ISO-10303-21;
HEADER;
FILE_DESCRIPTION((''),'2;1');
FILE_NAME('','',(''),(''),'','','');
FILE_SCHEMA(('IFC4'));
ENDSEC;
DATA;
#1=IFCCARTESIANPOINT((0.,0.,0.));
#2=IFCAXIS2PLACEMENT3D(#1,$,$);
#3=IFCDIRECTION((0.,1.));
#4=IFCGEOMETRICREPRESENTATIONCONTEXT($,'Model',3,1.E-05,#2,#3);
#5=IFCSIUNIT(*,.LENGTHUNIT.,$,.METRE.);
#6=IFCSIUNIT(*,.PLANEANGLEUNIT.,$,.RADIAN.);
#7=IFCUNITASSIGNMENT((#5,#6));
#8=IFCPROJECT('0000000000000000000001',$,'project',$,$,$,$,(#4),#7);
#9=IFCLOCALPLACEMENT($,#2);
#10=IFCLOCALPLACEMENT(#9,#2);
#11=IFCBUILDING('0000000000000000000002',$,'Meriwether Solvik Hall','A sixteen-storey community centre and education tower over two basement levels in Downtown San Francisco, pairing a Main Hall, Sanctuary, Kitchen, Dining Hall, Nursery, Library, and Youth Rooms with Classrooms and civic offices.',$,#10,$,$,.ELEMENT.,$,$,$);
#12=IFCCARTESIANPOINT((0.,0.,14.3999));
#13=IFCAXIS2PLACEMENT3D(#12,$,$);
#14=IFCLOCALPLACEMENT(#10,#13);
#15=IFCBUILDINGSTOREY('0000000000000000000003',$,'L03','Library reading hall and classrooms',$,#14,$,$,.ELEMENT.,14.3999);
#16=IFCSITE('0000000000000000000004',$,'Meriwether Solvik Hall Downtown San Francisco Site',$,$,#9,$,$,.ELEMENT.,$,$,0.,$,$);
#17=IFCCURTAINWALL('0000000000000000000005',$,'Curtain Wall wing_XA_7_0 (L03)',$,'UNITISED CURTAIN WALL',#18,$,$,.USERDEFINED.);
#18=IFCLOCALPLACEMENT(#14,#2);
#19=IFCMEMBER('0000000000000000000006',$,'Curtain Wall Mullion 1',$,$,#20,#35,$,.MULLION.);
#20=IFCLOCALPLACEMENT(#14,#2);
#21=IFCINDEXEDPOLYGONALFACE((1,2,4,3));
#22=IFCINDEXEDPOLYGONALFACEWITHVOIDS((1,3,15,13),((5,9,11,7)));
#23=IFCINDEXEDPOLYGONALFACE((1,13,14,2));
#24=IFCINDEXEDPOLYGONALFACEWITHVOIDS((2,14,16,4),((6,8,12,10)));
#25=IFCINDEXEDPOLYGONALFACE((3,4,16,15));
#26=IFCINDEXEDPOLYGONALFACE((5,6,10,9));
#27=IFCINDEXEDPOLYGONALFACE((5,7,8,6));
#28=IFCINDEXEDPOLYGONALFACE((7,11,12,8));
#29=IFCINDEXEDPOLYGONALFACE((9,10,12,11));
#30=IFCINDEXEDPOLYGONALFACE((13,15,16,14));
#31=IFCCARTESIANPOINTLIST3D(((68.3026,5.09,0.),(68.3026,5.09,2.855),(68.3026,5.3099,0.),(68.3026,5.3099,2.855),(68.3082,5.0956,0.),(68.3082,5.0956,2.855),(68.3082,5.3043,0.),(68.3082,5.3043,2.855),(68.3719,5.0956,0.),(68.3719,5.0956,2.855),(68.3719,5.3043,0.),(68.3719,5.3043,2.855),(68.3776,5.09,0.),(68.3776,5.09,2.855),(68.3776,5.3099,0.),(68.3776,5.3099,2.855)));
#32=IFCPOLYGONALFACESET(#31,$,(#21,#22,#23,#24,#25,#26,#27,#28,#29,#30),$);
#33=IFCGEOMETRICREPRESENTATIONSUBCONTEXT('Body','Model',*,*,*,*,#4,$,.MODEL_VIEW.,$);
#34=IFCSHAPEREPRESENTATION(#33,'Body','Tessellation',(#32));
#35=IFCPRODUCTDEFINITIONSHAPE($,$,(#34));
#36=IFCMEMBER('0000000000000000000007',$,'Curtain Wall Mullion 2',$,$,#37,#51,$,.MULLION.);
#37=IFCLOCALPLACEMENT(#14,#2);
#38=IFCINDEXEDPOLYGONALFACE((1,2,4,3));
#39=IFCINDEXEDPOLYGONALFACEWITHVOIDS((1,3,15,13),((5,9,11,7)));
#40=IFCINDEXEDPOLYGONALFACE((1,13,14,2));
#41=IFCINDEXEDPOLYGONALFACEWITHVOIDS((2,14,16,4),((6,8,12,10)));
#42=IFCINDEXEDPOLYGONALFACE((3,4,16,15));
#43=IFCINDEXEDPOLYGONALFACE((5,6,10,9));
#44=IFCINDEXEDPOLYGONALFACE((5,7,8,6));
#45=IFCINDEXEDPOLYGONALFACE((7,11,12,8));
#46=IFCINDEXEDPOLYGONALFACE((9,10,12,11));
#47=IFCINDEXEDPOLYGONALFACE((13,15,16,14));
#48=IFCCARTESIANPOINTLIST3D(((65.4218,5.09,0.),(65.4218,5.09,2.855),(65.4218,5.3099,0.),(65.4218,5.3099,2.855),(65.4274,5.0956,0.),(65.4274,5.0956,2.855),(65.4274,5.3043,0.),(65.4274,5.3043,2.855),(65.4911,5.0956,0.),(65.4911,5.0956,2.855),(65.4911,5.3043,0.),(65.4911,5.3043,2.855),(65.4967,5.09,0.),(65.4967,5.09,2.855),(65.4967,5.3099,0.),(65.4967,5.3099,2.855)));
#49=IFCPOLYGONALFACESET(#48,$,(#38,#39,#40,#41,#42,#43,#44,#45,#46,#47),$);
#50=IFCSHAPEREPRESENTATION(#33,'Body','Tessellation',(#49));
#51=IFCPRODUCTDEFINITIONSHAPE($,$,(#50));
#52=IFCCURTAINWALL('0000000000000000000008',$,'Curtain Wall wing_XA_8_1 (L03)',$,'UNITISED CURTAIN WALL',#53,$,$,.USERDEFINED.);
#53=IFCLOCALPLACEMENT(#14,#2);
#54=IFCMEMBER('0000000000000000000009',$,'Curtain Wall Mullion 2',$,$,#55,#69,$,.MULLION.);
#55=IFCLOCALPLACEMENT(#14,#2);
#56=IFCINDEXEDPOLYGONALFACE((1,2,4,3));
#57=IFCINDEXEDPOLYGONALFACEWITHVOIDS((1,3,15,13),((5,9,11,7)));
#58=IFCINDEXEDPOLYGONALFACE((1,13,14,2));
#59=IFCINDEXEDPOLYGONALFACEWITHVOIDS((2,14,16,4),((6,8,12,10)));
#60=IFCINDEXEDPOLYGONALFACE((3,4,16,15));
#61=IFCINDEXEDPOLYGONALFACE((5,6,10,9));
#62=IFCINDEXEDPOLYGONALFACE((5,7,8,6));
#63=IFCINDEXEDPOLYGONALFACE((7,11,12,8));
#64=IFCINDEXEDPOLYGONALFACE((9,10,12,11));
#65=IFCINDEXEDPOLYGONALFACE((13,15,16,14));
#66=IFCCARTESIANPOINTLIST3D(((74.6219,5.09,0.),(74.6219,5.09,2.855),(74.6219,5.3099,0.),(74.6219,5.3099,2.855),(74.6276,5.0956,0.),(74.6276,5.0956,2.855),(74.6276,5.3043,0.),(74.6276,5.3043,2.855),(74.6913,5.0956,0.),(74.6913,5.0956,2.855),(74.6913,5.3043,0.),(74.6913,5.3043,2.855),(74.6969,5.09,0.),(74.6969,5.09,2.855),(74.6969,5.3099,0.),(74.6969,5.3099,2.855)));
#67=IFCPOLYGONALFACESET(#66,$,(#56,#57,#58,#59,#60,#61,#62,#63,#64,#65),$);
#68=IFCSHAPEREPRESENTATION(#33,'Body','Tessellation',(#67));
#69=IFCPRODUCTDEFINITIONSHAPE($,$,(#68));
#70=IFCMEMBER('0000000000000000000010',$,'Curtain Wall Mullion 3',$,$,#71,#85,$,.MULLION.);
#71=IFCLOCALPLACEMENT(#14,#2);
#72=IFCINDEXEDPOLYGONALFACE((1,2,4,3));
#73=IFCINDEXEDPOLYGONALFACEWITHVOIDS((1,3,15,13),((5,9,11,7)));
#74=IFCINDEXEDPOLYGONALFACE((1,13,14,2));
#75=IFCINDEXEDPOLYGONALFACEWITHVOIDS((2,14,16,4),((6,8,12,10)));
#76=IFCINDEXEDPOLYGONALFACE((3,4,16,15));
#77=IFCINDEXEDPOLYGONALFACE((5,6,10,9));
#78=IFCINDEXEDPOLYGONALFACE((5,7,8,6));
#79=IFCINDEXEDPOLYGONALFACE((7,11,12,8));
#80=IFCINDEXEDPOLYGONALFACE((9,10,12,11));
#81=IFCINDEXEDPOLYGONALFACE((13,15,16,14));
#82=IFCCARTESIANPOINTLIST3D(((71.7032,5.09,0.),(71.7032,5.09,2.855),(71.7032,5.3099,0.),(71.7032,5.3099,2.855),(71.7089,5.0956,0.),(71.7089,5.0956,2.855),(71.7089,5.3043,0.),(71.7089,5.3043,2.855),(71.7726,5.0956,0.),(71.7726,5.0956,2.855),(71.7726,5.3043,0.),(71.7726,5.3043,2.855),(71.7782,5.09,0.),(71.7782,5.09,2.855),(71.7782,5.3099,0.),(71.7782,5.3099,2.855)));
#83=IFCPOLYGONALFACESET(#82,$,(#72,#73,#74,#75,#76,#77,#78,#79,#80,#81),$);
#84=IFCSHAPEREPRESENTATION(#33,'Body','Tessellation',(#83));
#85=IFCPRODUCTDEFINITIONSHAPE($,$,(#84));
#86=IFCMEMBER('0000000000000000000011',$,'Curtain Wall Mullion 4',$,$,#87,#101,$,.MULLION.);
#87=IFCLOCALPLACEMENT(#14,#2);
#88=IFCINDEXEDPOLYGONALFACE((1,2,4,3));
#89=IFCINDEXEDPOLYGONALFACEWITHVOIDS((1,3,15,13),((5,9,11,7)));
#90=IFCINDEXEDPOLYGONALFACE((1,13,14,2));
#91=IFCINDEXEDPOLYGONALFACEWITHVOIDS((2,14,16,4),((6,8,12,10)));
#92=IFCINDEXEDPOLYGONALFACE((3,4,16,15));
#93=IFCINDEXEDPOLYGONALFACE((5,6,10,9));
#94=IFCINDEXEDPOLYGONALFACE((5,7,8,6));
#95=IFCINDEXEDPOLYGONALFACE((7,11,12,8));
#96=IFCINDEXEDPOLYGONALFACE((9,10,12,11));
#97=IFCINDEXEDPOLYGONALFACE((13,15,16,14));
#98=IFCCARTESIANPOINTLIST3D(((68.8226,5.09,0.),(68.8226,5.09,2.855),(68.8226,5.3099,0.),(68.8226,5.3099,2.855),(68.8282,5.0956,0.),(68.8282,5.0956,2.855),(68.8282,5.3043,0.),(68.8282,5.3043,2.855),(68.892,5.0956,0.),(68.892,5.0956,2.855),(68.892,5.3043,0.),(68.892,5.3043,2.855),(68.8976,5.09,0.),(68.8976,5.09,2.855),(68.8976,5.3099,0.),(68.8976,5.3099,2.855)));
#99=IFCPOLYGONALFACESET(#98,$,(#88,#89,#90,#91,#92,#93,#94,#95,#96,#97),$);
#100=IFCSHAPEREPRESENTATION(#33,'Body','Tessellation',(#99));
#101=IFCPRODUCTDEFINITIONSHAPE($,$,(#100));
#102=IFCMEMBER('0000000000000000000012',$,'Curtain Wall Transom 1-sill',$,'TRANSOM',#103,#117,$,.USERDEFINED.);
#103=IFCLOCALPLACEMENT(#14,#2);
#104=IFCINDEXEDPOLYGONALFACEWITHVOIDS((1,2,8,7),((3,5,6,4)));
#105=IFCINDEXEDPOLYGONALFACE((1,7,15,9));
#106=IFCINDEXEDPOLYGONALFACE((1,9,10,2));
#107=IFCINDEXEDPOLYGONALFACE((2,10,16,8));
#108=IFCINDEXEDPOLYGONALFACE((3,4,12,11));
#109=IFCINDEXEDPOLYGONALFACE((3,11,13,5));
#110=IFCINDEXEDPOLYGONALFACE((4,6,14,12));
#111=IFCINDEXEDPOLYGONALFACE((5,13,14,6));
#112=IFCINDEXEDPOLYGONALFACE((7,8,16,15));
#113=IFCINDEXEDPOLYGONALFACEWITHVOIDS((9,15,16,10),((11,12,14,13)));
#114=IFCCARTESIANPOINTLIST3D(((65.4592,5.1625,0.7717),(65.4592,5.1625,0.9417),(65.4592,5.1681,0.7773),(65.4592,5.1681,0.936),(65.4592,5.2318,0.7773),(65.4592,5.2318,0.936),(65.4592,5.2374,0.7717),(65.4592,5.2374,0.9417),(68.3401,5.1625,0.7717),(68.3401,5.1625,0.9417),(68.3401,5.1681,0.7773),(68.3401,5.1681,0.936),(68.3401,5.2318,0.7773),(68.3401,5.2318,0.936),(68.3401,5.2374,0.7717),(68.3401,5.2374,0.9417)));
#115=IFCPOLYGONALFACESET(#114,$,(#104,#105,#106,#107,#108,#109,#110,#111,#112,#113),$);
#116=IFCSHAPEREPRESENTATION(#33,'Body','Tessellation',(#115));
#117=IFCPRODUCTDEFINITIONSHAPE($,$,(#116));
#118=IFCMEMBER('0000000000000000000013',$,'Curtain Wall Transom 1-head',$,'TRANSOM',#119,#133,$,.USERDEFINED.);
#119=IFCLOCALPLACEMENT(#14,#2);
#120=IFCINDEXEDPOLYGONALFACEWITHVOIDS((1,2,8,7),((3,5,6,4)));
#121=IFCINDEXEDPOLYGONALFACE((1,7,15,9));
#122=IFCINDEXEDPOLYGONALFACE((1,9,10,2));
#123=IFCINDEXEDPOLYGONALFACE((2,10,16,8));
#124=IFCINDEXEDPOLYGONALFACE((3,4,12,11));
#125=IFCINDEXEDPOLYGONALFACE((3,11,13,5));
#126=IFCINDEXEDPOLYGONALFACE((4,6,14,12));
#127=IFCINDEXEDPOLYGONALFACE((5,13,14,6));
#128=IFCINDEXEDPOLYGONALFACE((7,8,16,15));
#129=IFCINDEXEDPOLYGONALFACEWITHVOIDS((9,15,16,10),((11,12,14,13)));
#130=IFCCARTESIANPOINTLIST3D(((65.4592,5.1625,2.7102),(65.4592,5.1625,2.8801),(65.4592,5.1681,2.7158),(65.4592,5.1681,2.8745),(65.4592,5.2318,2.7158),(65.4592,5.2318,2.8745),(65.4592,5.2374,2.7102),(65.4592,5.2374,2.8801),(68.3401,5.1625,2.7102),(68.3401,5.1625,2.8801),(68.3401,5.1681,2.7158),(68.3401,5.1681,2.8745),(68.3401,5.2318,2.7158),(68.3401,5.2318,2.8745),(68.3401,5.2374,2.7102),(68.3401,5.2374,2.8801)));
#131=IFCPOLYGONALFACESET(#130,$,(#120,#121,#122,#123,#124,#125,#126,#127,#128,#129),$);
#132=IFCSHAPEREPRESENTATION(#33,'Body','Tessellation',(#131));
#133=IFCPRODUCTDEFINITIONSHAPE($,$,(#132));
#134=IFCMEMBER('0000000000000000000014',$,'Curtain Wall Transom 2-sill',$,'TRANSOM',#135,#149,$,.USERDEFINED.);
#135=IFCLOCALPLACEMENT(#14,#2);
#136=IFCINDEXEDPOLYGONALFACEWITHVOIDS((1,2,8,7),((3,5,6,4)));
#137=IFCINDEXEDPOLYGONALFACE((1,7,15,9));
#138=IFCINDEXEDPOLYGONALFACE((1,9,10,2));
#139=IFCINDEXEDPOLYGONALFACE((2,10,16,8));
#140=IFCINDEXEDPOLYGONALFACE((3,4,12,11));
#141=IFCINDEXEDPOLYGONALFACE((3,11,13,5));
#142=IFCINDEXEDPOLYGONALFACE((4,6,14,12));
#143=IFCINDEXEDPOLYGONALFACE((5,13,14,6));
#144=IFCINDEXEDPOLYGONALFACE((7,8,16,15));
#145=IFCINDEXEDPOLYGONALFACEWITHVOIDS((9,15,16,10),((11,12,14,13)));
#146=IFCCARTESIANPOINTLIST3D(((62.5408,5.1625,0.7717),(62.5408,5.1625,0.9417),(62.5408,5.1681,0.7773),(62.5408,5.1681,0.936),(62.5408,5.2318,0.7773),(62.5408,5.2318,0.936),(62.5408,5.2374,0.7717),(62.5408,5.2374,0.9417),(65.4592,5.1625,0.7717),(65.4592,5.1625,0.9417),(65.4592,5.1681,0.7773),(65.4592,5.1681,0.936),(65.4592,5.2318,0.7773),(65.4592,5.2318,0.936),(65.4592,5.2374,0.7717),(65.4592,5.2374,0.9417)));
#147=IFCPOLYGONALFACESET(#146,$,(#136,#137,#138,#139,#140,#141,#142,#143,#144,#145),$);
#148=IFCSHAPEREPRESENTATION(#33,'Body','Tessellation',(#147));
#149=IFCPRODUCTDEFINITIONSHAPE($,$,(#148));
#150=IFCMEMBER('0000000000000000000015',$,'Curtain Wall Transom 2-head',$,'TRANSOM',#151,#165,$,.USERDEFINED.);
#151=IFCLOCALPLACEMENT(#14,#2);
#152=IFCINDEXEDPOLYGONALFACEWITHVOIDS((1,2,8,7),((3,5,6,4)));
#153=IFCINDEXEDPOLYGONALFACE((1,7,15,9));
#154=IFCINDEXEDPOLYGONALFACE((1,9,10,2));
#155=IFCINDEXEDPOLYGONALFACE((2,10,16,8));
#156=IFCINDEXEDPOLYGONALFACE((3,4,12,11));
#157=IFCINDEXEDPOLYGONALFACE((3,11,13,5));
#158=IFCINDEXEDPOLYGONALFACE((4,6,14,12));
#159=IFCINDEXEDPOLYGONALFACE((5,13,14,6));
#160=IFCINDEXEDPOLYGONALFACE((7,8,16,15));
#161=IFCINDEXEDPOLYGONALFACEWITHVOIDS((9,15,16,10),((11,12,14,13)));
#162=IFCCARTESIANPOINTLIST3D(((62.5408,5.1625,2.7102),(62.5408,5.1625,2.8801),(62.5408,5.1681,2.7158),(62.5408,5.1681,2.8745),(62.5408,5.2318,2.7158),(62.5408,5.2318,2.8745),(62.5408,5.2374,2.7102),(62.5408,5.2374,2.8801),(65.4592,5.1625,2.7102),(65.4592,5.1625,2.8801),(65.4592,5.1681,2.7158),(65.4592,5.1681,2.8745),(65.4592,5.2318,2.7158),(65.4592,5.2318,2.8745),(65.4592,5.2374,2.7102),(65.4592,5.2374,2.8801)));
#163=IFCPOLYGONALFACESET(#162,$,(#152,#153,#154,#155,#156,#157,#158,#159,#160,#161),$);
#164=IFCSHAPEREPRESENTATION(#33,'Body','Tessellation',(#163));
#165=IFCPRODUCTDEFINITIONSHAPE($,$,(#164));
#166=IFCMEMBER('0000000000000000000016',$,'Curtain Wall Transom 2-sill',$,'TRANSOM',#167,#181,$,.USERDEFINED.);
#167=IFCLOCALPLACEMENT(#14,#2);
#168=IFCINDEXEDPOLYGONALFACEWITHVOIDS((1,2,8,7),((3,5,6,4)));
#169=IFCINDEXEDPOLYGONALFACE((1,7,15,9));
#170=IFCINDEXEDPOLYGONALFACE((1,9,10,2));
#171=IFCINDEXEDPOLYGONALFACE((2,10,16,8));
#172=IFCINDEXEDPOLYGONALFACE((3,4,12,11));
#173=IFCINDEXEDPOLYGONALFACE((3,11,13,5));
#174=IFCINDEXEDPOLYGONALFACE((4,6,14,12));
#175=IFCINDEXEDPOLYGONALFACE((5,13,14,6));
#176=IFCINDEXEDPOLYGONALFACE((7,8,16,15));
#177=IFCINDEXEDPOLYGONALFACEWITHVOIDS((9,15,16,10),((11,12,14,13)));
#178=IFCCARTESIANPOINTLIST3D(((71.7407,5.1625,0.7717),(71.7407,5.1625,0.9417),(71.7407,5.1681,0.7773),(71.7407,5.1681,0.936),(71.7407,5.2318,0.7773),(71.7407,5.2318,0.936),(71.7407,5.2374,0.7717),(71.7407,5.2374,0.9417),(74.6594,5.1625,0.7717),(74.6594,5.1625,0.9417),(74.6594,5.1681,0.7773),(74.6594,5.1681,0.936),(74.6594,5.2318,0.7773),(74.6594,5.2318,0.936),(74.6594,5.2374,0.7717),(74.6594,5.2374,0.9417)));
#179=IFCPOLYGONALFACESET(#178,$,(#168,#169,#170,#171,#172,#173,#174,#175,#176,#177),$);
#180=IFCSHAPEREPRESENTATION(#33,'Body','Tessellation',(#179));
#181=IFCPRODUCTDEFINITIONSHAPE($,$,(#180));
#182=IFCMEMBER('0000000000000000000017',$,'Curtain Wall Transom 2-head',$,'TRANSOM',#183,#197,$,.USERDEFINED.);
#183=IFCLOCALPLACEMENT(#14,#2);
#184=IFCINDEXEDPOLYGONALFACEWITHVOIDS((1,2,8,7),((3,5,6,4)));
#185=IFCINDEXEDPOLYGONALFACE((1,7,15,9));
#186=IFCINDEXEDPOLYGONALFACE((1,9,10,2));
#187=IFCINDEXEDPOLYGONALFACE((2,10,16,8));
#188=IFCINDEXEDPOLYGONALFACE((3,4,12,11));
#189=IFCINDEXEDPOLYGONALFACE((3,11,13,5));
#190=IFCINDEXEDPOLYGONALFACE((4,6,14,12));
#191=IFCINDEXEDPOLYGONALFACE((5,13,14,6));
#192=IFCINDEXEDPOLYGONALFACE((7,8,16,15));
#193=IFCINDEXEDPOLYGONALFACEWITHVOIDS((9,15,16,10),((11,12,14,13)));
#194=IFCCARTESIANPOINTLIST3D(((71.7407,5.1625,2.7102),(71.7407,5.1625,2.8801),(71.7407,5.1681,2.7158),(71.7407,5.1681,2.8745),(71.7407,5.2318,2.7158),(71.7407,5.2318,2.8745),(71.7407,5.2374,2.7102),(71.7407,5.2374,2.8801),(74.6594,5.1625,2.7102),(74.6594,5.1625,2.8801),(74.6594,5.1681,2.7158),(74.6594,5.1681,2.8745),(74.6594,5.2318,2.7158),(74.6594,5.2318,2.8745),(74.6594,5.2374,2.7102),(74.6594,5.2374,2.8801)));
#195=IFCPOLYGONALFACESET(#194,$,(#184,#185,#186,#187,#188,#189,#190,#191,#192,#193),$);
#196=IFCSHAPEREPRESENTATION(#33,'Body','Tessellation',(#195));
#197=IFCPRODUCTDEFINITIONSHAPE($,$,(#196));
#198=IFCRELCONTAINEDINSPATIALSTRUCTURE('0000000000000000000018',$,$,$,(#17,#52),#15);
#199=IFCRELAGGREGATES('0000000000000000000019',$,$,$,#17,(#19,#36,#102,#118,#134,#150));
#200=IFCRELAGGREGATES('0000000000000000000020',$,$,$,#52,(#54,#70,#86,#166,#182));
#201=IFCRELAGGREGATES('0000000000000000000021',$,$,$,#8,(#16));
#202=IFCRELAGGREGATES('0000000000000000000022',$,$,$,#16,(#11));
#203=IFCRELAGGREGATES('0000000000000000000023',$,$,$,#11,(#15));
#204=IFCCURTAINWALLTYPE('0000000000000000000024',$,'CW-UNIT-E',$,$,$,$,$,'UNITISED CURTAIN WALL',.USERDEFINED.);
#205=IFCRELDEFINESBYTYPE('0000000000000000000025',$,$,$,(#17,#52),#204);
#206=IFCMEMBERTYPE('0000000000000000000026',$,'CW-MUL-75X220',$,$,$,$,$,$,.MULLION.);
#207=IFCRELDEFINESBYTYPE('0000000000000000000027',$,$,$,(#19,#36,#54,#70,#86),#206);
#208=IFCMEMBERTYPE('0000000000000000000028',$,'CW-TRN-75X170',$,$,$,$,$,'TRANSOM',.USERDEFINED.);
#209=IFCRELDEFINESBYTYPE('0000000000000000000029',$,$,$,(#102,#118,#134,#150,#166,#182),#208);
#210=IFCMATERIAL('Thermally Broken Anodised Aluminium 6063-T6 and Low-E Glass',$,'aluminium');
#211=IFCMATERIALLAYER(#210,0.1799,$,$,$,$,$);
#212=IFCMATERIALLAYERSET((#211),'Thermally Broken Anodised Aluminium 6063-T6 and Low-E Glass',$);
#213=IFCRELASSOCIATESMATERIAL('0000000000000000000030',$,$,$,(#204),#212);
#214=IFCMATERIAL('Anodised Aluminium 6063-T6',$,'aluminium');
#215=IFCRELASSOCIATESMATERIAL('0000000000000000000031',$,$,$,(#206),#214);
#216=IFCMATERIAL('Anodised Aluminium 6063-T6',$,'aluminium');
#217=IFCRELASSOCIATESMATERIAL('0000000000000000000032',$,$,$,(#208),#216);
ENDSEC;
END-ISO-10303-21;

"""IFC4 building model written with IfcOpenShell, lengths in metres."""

from ifc_helpers import new_model, si_unit, direction, frame, origin, origin_2d, place, context, subcontext, project, spatial, hollow_rectangle, extrude, material, layer, layer_set, material_profile, profile_set, type_object, element, aggregate, save


model = new_model("IFC4")

# Units and contexts
model_context = context("Model", 3, precision=1e-05, world=origin(), true_north=direction((0.0, 1.0)))
body_context = subcontext(model_context, "Body", "Model", "MODEL_VIEW")
ifc_project = project(units=[si_unit("LENGTHUNIT", "METRE"), si_unit("PLANEANGLEUNIT", "RADIAN")], contexts=[model_context])

# Site, building, storey
site_placement = place(None, origin())
site = spatial("IfcSite", under=ifc_project, at=site_placement, Name="Meriwether Solvik Hall Downtown San Francisco Site", CompositionType="ELEMENT", RefElevation=0.0)
building_placement = place(site_placement, origin())
building = spatial("IfcBuilding", under=site, at=building_placement, Name="Meriwether Solvik Hall", Description="A sixteen-storey community centre and education tower over two basement levels in Downtown San Francisco, pairing a Main Hall, Sanctuary, Kitchen, Dining Hall, Nursery, Library, and Youth Rooms with Classrooms and civic offices.", CompositionType="ELEMENT")
storey_placement = place(building_placement, frame((0.0, 0.0, 14.3999)))
storey = spatial("IfcBuildingStorey", under=building, at=storey_placement, Name="L03", Description="Library reading hall and classrooms", CompositionType="ELEMENT", Elevation=14.3999)

# Curtain walls, members
ifc_material_1 = material(Name="Thermally Broken Anodised Aluminium 6063-T6 and Low-E Glass", Category="aluminium")
ifc_layer_1 = layer(ifc_material_1, 0.1799)
ifc_layer_set_1 = layer_set([ifc_layer_1], Name="Thermally Broken Anodised Aluminium 6063-T6 and Low-E Glass")
curtain_wall_type = type_object("IfcCurtainWallType", Name="CW-UNIT-E", ElementType="UNITISED CURTAIN WALL", PredefinedType="USERDEFINED", material=ifc_layer_set_1)
curtain_wall_1_placement = place(storey_placement, origin())
curtain_wall_1 = element("IfcCurtainWall", 1, at=curtain_wall_1_placement, inside=storey, type_object=curtain_wall_type, Name="Curtain Wall wing_XA_7_0 (L03)", ObjectType="UNITISED CURTAIN WALL", PredefinedType="USERDEFINED")
ifc_material_2 = material(Name="Anodised Aluminium 6063-T6", Category="aluminium")
ifc_material_profile_1 = material_profile(ifc_material_2, hollow_rectangle(XDim=0.075, YDim=0.22, WallThickness=0.0056, at=origin_2d()), Name="CWM-75X220")
ifc_profile_set_1 = profile_set([ifc_material_profile_1], Name="Anodised Aluminium 6063-T6")
member_type_1 = type_object("IfcMemberType", Name="CW-MUL-75X220", PredefinedType="MULLION", material=ifc_profile_set_1)
member_1_placement = place(storey_placement, frame((68.3401, 5.2, 0.0), z_axis=(0.0, 0.0, 1.0), x_axis=(-1.0, 0.0, 0.0)))
member_1 = element("IfcMember", 2, at=member_1_placement, type_object=member_type_1, Name="Curtain Wall Mullion 1", PredefinedType="MULLION", context=body_context, shape_type="SweptSolid", body=[
    extrude(hollow_rectangle(XDim=0.075, YDim=0.22, WallThickness=0.0056, at=origin_2d()), origin(), (0.0, 0.0, 1.0), 2.855),
])
member_2_placement = place(storey_placement, frame((65.4592, 5.2, 0.0), z_axis=(0.0, 0.0, 1.0), x_axis=(-1.0, 0.0, 0.0)))
member_2 = element("IfcMember", 3, at=member_2_placement, type_object=member_type_1, Name="Curtain Wall Mullion 2", PredefinedType="MULLION", context=body_context, shape_type="SweptSolid", body=[
    extrude(hollow_rectangle(XDim=0.075, YDim=0.22, WallThickness=0.0056, at=origin_2d()), origin(), (0.0, 0.0, 1.0), 2.855),
])
curtain_wall_2_placement = place(storey_placement, origin())
curtain_wall_2 = element("IfcCurtainWall", 4, at=curtain_wall_2_placement, inside=storey, type_object=curtain_wall_type, Name="Curtain Wall wing_XA_8_1 (L03)", ObjectType="UNITISED CURTAIN WALL", PredefinedType="USERDEFINED")
member_3_placement = place(storey_placement, frame((74.6594, 5.2, 0.0), z_axis=(0.0, 0.0, 1.0), x_axis=(-1.0, 0.0, 0.0)))
member_3 = element("IfcMember", 5, at=member_3_placement, type_object=member_type_1, Name="Curtain Wall Mullion 2", PredefinedType="MULLION", context=body_context, shape_type="SweptSolid", body=[
    extrude(hollow_rectangle(XDim=0.075, YDim=0.22, WallThickness=0.0056, at=origin_2d()), origin(), (0.0, 0.0, 1.0), 2.855),
])
member_4_placement = place(storey_placement, frame((71.7407, 5.2, 0.0), z_axis=(0.0, 0.0, 1.0), x_axis=(-1.0, 0.0, 0.0)))
member_4 = element("IfcMember", 6, at=member_4_placement, type_object=member_type_1, Name="Curtain Wall Mullion 3", PredefinedType="MULLION", context=body_context, shape_type="SweptSolid", body=[
    extrude(hollow_rectangle(XDim=0.075, YDim=0.22, WallThickness=0.0056, at=origin_2d()), origin(), (0.0, 0.0, 1.0), 2.855),
])
member_5_placement = place(storey_placement, frame((68.8601, 5.2, 0.0), z_axis=(0.0, 0.0, 1.0), x_axis=(-1.0, 0.0, 0.0)))
member_5 = element("IfcMember", 7, at=member_5_placement, type_object=member_type_1, Name="Curtain Wall Mullion 4", PredefinedType="MULLION", context=body_context, shape_type="SweptSolid", body=[
    extrude(hollow_rectangle(XDim=0.075, YDim=0.22, WallThickness=0.0056, at=origin_2d()), origin(), (0.0, 0.0, 1.0), 2.855),
])

# Members
ifc_material_3 = material(Name="Anodised Aluminium 6063-T6", Category="aluminium")
ifc_material_profile_2 = material_profile(ifc_material_3, hollow_rectangle(XDim=0.075, YDim=0.1699, WallThickness=0.0056, at=origin_2d()), Name="CWT-75X170")
ifc_profile_set_2 = profile_set([ifc_material_profile_2], Name="Anodised Aluminium 6063-T6")
member_type_2 = type_object("IfcMemberType", Name="CW-TRN-75X170", ElementType="TRANSOM", PredefinedType="USERDEFINED", material=ifc_profile_set_2)
member_6_placement = place(storey_placement, frame((68.3401, 5.2, 0.8567), z_axis=(-1.0, 0.0, 0.0), x_axis=(0.0, -1.0, 0.0)))
member_6 = element("IfcMember", 8, at=member_6_placement, type_object=member_type_2, Name="Curtain Wall Transom 1-sill", ObjectType="TRANSOM", PredefinedType="USERDEFINED", context=body_context, shape_type="SweptSolid", body=[
    extrude(hollow_rectangle(XDim=0.075, YDim=0.1699, WallThickness=0.0056, at=origin_2d()), origin(), (0.0, 0.0, 1.0), 2.8809),
])
member_7_placement = place(storey_placement, frame((68.3401, 5.2, 2.7952), z_axis=(-1.0, 0.0, 0.0), x_axis=(0.0, -1.0, 0.0)))
member_7 = element("IfcMember", 9, at=member_7_placement, type_object=member_type_2, Name="Curtain Wall Transom 1-head", ObjectType="TRANSOM", PredefinedType="USERDEFINED", context=body_context, shape_type="SweptSolid", body=[
    extrude(hollow_rectangle(XDim=0.075, YDim=0.1699, WallThickness=0.0056, at=origin_2d()), origin(), (0.0, 0.0, 1.0), 2.8809),
])
member_8_placement = place(storey_placement, frame((65.4592, 5.2, 0.8567), z_axis=(-1.0, 0.0, 0.0), x_axis=(0.0, -1.0, 0.0)))
member_8 = element("IfcMember", 10, at=member_8_placement, type_object=member_type_2, Name="Curtain Wall Transom 2-sill", ObjectType="TRANSOM", PredefinedType="USERDEFINED", context=body_context, shape_type="SweptSolid", body=[
    extrude(hollow_rectangle(XDim=0.075, YDim=0.1699, WallThickness=0.0056, at=origin_2d()), origin(), (0.0, 0.0, 1.0), 2.9185),
])
member_9_placement = place(storey_placement, frame((65.4592, 5.2, 2.7952), z_axis=(-1.0, 0.0, 0.0), x_axis=(0.0, -1.0, 0.0)))
member_9 = element("IfcMember", 11, at=member_9_placement, type_object=member_type_2, Name="Curtain Wall Transom 2-head", ObjectType="TRANSOM", PredefinedType="USERDEFINED", context=body_context, shape_type="SweptSolid", body=[
    extrude(hollow_rectangle(XDim=0.075, YDim=0.1699, WallThickness=0.0056, at=origin_2d()), origin(), (0.0, 0.0, 1.0), 2.9185),
])
member_10_placement = place(storey_placement, frame((74.6594, 5.2, 0.8567), z_axis=(-1.0, 0.0, 0.0), x_axis=(0.0, -1.0, 0.0)))
member_10 = element("IfcMember", 12, at=member_10_placement, type_object=member_type_2, Name="Curtain Wall Transom 2-sill", ObjectType="TRANSOM", PredefinedType="USERDEFINED", context=body_context, shape_type="SweptSolid", body=[
    extrude(hollow_rectangle(XDim=0.075, YDim=0.1699, WallThickness=0.0056, at=origin_2d()), origin(), (0.0, 0.0, 1.0), 2.9187),
])
member_11_placement = place(storey_placement, frame((74.6594, 5.2, 2.7952), z_axis=(-1.0, 0.0, 0.0), x_axis=(0.0, -1.0, 0.0)))
member_11 = element("IfcMember", 13, at=member_11_placement, type_object=member_type_2, Name="Curtain Wall Transom 2-head", ObjectType="TRANSOM", PredefinedType="USERDEFINED", context=body_context, shape_type="SweptSolid", body=[
    extrude(hollow_rectangle(XDim=0.075, YDim=0.1699, WallThickness=0.0056, at=origin_2d()), origin(), (0.0, 0.0, 1.0), 2.9187),
])

aggregate(curtain_wall_1, [member_1, member_2, member_6, member_7, member_8, member_9])
aggregate(curtain_wall_2, [member_3, member_4, member_5, member_10, member_11])

save(model, "model.ifc")
